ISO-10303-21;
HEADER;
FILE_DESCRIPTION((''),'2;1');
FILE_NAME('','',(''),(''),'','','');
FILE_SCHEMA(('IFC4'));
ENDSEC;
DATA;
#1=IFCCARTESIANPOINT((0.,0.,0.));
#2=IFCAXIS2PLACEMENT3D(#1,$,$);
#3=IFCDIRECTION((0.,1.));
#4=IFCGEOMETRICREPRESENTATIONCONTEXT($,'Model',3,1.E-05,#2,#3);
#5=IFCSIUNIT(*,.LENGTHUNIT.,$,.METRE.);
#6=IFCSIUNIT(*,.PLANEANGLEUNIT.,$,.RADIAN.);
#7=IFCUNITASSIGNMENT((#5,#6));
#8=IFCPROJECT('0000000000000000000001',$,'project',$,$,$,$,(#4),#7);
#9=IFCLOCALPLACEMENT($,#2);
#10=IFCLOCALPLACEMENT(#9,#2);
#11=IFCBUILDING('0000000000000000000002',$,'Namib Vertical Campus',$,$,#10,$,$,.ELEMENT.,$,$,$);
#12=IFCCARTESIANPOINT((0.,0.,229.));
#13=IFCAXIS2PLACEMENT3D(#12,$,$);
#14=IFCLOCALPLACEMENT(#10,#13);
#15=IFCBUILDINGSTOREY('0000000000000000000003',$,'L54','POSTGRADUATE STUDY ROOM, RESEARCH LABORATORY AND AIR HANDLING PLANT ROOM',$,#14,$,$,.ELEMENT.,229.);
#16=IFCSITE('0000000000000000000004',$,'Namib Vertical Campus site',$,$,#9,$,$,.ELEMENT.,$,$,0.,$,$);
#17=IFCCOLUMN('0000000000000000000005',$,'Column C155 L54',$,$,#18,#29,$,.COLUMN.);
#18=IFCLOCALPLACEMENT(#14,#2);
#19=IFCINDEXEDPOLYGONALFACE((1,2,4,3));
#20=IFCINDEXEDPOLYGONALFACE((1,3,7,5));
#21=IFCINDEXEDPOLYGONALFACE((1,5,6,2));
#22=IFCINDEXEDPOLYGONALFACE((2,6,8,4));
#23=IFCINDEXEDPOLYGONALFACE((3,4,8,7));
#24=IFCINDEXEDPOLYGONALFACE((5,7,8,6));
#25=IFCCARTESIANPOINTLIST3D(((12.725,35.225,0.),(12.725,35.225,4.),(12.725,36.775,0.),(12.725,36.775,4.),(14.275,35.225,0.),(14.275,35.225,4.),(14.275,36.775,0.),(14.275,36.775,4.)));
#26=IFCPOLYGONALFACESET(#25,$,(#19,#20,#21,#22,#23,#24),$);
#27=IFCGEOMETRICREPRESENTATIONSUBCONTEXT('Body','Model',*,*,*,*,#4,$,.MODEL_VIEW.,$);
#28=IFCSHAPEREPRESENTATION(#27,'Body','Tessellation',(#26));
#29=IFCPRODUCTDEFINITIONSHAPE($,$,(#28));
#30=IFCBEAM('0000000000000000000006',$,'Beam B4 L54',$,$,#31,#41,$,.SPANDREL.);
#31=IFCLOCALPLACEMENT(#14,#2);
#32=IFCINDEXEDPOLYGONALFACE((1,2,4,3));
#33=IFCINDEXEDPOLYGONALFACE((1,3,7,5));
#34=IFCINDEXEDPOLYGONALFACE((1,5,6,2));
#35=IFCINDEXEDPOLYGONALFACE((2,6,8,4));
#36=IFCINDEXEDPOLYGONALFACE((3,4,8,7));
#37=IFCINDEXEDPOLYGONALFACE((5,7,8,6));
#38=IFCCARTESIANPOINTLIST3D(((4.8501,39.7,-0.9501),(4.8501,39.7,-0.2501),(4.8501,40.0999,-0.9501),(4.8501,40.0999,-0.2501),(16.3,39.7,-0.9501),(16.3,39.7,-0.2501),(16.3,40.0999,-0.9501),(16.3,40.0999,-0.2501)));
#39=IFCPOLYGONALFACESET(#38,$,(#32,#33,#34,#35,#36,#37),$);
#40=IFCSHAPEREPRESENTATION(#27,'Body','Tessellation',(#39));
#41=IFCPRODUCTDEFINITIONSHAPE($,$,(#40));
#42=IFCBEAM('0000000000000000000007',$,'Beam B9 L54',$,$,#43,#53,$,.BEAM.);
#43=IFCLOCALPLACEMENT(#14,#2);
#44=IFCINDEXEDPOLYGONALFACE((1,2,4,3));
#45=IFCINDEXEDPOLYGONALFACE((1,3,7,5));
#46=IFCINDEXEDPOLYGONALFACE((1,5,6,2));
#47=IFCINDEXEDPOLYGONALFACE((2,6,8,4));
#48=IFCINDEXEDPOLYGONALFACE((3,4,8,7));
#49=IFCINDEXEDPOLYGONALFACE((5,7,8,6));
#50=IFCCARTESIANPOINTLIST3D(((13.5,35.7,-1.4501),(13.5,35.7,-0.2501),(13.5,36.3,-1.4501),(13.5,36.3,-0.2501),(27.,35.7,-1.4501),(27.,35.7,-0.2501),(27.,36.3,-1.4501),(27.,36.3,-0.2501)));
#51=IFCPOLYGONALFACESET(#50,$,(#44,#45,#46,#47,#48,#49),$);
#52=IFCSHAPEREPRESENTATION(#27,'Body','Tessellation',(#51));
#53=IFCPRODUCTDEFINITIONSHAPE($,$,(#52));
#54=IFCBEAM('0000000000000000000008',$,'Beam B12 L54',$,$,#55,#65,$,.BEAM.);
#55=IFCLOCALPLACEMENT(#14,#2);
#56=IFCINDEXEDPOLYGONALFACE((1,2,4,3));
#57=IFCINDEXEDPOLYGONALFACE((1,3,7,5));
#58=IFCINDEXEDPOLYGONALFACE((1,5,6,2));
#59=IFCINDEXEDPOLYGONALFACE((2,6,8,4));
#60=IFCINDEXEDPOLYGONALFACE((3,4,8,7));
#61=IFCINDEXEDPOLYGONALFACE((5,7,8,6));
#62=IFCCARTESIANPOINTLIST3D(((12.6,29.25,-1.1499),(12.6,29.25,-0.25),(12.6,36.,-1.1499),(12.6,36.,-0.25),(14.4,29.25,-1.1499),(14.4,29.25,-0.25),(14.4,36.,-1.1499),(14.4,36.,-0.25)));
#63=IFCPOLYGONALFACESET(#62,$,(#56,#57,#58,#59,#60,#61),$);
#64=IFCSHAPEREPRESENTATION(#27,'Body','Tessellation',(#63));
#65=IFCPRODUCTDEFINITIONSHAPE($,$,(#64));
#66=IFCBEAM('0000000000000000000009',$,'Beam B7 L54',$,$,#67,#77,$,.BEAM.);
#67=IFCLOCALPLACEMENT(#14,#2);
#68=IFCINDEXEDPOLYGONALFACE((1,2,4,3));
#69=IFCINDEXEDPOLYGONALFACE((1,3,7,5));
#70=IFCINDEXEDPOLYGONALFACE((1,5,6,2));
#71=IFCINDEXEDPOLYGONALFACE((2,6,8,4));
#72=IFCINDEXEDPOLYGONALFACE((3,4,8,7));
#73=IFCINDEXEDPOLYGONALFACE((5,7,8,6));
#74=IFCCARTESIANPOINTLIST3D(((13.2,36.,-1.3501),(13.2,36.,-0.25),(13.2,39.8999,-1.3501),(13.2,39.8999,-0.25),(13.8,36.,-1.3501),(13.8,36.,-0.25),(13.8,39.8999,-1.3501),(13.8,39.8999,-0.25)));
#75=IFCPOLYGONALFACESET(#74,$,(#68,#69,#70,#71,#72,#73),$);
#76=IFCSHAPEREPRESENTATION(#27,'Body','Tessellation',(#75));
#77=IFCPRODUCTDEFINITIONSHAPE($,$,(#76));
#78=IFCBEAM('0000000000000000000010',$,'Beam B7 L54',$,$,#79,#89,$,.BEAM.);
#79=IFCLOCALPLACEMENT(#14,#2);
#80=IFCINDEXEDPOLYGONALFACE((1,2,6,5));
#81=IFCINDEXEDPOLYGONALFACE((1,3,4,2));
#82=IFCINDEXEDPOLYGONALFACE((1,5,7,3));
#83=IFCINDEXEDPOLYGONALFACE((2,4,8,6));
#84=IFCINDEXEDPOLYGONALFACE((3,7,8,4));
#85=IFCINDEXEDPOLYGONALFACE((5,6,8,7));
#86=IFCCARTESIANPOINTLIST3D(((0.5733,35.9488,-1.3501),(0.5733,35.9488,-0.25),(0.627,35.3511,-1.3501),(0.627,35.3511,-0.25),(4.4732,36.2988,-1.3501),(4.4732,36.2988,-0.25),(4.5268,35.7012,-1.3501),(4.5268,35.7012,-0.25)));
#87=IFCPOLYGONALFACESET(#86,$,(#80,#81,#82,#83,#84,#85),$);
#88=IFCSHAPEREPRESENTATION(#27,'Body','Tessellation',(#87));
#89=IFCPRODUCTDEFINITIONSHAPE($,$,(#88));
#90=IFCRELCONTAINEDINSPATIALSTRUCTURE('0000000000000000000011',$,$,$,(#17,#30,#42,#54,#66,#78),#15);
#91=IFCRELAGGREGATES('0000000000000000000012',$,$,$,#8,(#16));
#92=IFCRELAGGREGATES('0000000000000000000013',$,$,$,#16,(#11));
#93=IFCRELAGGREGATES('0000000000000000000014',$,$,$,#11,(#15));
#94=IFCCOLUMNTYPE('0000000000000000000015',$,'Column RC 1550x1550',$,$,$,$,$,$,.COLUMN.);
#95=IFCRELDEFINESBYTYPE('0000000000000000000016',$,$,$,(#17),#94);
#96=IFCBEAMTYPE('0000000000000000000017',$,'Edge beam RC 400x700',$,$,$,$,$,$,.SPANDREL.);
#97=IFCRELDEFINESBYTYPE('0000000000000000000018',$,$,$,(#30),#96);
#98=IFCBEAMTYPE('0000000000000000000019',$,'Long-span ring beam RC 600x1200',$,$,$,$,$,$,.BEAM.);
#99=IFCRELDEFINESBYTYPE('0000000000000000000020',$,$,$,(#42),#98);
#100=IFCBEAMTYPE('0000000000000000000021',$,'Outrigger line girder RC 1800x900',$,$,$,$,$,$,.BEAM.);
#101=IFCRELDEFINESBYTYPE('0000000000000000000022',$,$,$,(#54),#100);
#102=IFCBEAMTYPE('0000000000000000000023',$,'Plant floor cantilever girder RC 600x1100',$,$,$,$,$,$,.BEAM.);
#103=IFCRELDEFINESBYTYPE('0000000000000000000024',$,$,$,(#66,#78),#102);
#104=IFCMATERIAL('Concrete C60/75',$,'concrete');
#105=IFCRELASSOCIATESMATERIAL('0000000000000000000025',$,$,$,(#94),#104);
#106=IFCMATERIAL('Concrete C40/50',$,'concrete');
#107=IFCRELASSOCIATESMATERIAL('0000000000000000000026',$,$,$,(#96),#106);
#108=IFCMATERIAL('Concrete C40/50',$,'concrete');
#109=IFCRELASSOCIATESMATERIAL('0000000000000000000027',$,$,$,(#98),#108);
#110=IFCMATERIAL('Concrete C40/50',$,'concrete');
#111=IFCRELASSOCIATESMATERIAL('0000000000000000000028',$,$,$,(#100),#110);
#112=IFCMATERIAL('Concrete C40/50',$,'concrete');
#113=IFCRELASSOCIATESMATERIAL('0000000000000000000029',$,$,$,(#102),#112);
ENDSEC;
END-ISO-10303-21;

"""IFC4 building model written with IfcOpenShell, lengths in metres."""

from ifc_helpers import new_model, si_unit, direction, frame, origin, origin_2d, place, context, subcontext, project, spatial, rectangle, extrude, material, material_profile, profile_set, type_object, element, save


model = new_model("IFC4")

# Units and contexts
model_context = context("Model", 3, precision=1e-05, world=origin(), true_north=direction((0.0, 1.0)))
body_context = subcontext(model_context, "Body", "Model", "MODEL_VIEW")
ifc_project = project(units=[si_unit("LENGTHUNIT", "METRE"), si_unit("PLANEANGLEUNIT", "RADIAN")], contexts=[model_context])

# Site, building, storey
site_placement = place(None, origin())
site = spatial("IfcSite", under=ifc_project, at=site_placement, Name="Namib Vertical Campus site", CompositionType="ELEMENT", RefElevation=0.0)
building_placement = place(site_placement, origin())
building = spatial("IfcBuilding", under=site, at=building_placement, Name="Namib Vertical Campus", CompositionType="ELEMENT")
storey_placement = place(building_placement, frame((0.0, 0.0, 229.0)))
storey = spatial("IfcBuildingStorey", under=building, at=storey_placement, Name="L54", Description="POSTGRADUATE STUDY ROOM, RESEARCH LABORATORY AND AIR HANDLING PLANT ROOM", CompositionType="ELEMENT", Elevation=229.0)

# Column
ifc_material_1 = material(Name="Concrete C60/75", Category="concrete")
ifc_material_profile_1 = material_profile(ifc_material_1, rectangle(XDim=1.55, YDim=1.55, at=origin_2d()))
ifc_profile_set_1 = profile_set([ifc_material_profile_1], Name="Concrete C60/75")
column_type = type_object("IfcColumnType", Name="Column RC 1550x1550", PredefinedType="COLUMN", material=ifc_profile_set_1)
column_placement = place(storey_placement, frame((13.5, 36.0, 0.0), z_axis=(0.0, 0.0, 1.0), x_axis=(1.0, 0.0, 0.0)))
element("IfcColumn", 1, at=column_placement, inside=storey, type_object=column_type, Name="Column C155 L54", PredefinedType="COLUMN", context=body_context, shape_type="SweptSolid", body=[
    extrude(rectangle(XDim=1.55, YDim=1.55, at=origin_2d()), origin(), (0.0, 0.0, 1.0), 4.0),
])

# Beams
ifc_material_2 = material(Name="Concrete C40/50", Category="concrete")
ifc_material_profile_2 = material_profile(ifc_material_2, rectangle(XDim=0.3999, YDim=0.7, at=origin_2d()))
ifc_profile_set_2 = profile_set([ifc_material_profile_2], Name="Concrete C40/50")
beam_type_1 = type_object("IfcBeamType", Name="Edge beam RC 400x700", PredefinedType="SPANDREL", material=ifc_profile_set_2)
beam_1_placement = place(storey_placement, frame((4.8501, 39.8999, -0.6001), z_axis=(1.0, 0.0, 0.0), x_axis=(0.0, 1.0, 0.0)))
element("IfcBeam", 2, at=beam_1_placement, inside=storey, type_object=beam_type_1, Name="Beam B4 L54", PredefinedType="SPANDREL", context=body_context, shape_type="SweptSolid", body=[
    extrude(rectangle(XDim=0.3999, YDim=0.7, at=origin_2d()), origin(), (0.0, 0.0, 1.0), 11.45),
])
ifc_material_3 = material(Name="Concrete C40/50", Category="concrete")
ifc_material_profile_3 = material_profile(ifc_material_3, rectangle(XDim=0.6001, YDim=1.2, at=origin_2d()))
ifc_profile_set_3 = profile_set([ifc_material_profile_3], Name="Concrete C40/50")
beam_type_2 = type_object("IfcBeamType", Name="Long-span ring beam RC 600x1200", PredefinedType="BEAM", material=ifc_profile_set_3)
beam_2_placement = place(storey_placement, frame((13.5, 36.0, -0.8501), z_axis=(1.0, 0.0, 0.0), x_axis=(0.0, 1.0, 0.0)))
element("IfcBeam", 3, at=beam_2_placement, inside=storey, type_object=beam_type_2, Name="Beam B9 L54", PredefinedType="BEAM", context=body_context, shape_type="SweptSolid", body=[
    extrude(rectangle(XDim=0.6001, YDim=1.2, at=origin_2d()), origin(), (0.0, 0.0, 1.0), 13.5),
])
ifc_material_4 = material(Name="Concrete C40/50", Category="concrete")
ifc_material_profile_4 = material_profile(ifc_material_4, rectangle(XDim=1.8, YDim=0.8999, at=origin_2d()))
ifc_profile_set_4 = profile_set([ifc_material_profile_4], Name="Concrete C40/50")
beam_type_3 = type_object("IfcBeamType", Name="Outrigger line girder RC 1800x900", PredefinedType="BEAM", material=ifc_profile_set_4)
beam_3_placement = place(storey_placement, frame((13.5, 36.0, -0.7), z_axis=(0.0, -1.0, 0.0), x_axis=(1.0, 0.0, 0.0)))
element("IfcBeam", 4, at=beam_3_placement, inside=storey, type_object=beam_type_3, Name="Beam B12 L54", PredefinedType="BEAM", context=body_context, shape_type="SweptSolid", body=[
    extrude(rectangle(XDim=1.8, YDim=0.8999, at=origin_2d()), origin(), (0.0, 0.0, 1.0), 6.75),
])
ifc_material_5 = material(Name="Concrete C40/50", Category="concrete")
ifc_material_profile_5 = material_profile(ifc_material_5, rectangle(XDim=0.6001, YDim=1.1001, at=origin_2d()))
ifc_profile_set_5 = profile_set([ifc_material_profile_5], Name="Concrete C40/50")
beam_type_4 = type_object("IfcBeamType", Name="Plant floor cantilever girder RC 600x1100", PredefinedType="BEAM", material=ifc_profile_set_5)
beam_4_placement = place(storey_placement, frame((13.5, 36.0, -0.8), z_axis=(0.0, 1.0, 0.0), x_axis=(-1.0, 0.0, 0.0)))
element("IfcBeam", 5, at=beam_4_placement, inside=storey, type_object=beam_type_4, Name="Beam B7 L54", PredefinedType="BEAM", context=body_context, shape_type="SweptSolid", body=[
    extrude(rectangle(XDim=0.6001, YDim=1.1001, at=origin_2d()), origin(), (0.0, 0.0, 1.0), 3.8999),
])
beam_5_placement = place(storey_placement, frame((4.5, 36.0, -0.8), z_axis=(-0.995995, -0.089411, 0.0), x_axis=(0.089411, -0.995995, 0.0)))
element("IfcBeam", 6, at=beam_5_placement, inside=storey, type_object=beam_type_4, Name="Beam B7 L54", PredefinedType="BEAM", context=body_context, shape_type="SweptSolid", body=[
    extrude(rectangle(XDim=0.6001, YDim=1.1001, at=origin_2d()), origin(), (0.0, 0.0, 1.0), 3.9155),
])

save(model, "model.ifc")
